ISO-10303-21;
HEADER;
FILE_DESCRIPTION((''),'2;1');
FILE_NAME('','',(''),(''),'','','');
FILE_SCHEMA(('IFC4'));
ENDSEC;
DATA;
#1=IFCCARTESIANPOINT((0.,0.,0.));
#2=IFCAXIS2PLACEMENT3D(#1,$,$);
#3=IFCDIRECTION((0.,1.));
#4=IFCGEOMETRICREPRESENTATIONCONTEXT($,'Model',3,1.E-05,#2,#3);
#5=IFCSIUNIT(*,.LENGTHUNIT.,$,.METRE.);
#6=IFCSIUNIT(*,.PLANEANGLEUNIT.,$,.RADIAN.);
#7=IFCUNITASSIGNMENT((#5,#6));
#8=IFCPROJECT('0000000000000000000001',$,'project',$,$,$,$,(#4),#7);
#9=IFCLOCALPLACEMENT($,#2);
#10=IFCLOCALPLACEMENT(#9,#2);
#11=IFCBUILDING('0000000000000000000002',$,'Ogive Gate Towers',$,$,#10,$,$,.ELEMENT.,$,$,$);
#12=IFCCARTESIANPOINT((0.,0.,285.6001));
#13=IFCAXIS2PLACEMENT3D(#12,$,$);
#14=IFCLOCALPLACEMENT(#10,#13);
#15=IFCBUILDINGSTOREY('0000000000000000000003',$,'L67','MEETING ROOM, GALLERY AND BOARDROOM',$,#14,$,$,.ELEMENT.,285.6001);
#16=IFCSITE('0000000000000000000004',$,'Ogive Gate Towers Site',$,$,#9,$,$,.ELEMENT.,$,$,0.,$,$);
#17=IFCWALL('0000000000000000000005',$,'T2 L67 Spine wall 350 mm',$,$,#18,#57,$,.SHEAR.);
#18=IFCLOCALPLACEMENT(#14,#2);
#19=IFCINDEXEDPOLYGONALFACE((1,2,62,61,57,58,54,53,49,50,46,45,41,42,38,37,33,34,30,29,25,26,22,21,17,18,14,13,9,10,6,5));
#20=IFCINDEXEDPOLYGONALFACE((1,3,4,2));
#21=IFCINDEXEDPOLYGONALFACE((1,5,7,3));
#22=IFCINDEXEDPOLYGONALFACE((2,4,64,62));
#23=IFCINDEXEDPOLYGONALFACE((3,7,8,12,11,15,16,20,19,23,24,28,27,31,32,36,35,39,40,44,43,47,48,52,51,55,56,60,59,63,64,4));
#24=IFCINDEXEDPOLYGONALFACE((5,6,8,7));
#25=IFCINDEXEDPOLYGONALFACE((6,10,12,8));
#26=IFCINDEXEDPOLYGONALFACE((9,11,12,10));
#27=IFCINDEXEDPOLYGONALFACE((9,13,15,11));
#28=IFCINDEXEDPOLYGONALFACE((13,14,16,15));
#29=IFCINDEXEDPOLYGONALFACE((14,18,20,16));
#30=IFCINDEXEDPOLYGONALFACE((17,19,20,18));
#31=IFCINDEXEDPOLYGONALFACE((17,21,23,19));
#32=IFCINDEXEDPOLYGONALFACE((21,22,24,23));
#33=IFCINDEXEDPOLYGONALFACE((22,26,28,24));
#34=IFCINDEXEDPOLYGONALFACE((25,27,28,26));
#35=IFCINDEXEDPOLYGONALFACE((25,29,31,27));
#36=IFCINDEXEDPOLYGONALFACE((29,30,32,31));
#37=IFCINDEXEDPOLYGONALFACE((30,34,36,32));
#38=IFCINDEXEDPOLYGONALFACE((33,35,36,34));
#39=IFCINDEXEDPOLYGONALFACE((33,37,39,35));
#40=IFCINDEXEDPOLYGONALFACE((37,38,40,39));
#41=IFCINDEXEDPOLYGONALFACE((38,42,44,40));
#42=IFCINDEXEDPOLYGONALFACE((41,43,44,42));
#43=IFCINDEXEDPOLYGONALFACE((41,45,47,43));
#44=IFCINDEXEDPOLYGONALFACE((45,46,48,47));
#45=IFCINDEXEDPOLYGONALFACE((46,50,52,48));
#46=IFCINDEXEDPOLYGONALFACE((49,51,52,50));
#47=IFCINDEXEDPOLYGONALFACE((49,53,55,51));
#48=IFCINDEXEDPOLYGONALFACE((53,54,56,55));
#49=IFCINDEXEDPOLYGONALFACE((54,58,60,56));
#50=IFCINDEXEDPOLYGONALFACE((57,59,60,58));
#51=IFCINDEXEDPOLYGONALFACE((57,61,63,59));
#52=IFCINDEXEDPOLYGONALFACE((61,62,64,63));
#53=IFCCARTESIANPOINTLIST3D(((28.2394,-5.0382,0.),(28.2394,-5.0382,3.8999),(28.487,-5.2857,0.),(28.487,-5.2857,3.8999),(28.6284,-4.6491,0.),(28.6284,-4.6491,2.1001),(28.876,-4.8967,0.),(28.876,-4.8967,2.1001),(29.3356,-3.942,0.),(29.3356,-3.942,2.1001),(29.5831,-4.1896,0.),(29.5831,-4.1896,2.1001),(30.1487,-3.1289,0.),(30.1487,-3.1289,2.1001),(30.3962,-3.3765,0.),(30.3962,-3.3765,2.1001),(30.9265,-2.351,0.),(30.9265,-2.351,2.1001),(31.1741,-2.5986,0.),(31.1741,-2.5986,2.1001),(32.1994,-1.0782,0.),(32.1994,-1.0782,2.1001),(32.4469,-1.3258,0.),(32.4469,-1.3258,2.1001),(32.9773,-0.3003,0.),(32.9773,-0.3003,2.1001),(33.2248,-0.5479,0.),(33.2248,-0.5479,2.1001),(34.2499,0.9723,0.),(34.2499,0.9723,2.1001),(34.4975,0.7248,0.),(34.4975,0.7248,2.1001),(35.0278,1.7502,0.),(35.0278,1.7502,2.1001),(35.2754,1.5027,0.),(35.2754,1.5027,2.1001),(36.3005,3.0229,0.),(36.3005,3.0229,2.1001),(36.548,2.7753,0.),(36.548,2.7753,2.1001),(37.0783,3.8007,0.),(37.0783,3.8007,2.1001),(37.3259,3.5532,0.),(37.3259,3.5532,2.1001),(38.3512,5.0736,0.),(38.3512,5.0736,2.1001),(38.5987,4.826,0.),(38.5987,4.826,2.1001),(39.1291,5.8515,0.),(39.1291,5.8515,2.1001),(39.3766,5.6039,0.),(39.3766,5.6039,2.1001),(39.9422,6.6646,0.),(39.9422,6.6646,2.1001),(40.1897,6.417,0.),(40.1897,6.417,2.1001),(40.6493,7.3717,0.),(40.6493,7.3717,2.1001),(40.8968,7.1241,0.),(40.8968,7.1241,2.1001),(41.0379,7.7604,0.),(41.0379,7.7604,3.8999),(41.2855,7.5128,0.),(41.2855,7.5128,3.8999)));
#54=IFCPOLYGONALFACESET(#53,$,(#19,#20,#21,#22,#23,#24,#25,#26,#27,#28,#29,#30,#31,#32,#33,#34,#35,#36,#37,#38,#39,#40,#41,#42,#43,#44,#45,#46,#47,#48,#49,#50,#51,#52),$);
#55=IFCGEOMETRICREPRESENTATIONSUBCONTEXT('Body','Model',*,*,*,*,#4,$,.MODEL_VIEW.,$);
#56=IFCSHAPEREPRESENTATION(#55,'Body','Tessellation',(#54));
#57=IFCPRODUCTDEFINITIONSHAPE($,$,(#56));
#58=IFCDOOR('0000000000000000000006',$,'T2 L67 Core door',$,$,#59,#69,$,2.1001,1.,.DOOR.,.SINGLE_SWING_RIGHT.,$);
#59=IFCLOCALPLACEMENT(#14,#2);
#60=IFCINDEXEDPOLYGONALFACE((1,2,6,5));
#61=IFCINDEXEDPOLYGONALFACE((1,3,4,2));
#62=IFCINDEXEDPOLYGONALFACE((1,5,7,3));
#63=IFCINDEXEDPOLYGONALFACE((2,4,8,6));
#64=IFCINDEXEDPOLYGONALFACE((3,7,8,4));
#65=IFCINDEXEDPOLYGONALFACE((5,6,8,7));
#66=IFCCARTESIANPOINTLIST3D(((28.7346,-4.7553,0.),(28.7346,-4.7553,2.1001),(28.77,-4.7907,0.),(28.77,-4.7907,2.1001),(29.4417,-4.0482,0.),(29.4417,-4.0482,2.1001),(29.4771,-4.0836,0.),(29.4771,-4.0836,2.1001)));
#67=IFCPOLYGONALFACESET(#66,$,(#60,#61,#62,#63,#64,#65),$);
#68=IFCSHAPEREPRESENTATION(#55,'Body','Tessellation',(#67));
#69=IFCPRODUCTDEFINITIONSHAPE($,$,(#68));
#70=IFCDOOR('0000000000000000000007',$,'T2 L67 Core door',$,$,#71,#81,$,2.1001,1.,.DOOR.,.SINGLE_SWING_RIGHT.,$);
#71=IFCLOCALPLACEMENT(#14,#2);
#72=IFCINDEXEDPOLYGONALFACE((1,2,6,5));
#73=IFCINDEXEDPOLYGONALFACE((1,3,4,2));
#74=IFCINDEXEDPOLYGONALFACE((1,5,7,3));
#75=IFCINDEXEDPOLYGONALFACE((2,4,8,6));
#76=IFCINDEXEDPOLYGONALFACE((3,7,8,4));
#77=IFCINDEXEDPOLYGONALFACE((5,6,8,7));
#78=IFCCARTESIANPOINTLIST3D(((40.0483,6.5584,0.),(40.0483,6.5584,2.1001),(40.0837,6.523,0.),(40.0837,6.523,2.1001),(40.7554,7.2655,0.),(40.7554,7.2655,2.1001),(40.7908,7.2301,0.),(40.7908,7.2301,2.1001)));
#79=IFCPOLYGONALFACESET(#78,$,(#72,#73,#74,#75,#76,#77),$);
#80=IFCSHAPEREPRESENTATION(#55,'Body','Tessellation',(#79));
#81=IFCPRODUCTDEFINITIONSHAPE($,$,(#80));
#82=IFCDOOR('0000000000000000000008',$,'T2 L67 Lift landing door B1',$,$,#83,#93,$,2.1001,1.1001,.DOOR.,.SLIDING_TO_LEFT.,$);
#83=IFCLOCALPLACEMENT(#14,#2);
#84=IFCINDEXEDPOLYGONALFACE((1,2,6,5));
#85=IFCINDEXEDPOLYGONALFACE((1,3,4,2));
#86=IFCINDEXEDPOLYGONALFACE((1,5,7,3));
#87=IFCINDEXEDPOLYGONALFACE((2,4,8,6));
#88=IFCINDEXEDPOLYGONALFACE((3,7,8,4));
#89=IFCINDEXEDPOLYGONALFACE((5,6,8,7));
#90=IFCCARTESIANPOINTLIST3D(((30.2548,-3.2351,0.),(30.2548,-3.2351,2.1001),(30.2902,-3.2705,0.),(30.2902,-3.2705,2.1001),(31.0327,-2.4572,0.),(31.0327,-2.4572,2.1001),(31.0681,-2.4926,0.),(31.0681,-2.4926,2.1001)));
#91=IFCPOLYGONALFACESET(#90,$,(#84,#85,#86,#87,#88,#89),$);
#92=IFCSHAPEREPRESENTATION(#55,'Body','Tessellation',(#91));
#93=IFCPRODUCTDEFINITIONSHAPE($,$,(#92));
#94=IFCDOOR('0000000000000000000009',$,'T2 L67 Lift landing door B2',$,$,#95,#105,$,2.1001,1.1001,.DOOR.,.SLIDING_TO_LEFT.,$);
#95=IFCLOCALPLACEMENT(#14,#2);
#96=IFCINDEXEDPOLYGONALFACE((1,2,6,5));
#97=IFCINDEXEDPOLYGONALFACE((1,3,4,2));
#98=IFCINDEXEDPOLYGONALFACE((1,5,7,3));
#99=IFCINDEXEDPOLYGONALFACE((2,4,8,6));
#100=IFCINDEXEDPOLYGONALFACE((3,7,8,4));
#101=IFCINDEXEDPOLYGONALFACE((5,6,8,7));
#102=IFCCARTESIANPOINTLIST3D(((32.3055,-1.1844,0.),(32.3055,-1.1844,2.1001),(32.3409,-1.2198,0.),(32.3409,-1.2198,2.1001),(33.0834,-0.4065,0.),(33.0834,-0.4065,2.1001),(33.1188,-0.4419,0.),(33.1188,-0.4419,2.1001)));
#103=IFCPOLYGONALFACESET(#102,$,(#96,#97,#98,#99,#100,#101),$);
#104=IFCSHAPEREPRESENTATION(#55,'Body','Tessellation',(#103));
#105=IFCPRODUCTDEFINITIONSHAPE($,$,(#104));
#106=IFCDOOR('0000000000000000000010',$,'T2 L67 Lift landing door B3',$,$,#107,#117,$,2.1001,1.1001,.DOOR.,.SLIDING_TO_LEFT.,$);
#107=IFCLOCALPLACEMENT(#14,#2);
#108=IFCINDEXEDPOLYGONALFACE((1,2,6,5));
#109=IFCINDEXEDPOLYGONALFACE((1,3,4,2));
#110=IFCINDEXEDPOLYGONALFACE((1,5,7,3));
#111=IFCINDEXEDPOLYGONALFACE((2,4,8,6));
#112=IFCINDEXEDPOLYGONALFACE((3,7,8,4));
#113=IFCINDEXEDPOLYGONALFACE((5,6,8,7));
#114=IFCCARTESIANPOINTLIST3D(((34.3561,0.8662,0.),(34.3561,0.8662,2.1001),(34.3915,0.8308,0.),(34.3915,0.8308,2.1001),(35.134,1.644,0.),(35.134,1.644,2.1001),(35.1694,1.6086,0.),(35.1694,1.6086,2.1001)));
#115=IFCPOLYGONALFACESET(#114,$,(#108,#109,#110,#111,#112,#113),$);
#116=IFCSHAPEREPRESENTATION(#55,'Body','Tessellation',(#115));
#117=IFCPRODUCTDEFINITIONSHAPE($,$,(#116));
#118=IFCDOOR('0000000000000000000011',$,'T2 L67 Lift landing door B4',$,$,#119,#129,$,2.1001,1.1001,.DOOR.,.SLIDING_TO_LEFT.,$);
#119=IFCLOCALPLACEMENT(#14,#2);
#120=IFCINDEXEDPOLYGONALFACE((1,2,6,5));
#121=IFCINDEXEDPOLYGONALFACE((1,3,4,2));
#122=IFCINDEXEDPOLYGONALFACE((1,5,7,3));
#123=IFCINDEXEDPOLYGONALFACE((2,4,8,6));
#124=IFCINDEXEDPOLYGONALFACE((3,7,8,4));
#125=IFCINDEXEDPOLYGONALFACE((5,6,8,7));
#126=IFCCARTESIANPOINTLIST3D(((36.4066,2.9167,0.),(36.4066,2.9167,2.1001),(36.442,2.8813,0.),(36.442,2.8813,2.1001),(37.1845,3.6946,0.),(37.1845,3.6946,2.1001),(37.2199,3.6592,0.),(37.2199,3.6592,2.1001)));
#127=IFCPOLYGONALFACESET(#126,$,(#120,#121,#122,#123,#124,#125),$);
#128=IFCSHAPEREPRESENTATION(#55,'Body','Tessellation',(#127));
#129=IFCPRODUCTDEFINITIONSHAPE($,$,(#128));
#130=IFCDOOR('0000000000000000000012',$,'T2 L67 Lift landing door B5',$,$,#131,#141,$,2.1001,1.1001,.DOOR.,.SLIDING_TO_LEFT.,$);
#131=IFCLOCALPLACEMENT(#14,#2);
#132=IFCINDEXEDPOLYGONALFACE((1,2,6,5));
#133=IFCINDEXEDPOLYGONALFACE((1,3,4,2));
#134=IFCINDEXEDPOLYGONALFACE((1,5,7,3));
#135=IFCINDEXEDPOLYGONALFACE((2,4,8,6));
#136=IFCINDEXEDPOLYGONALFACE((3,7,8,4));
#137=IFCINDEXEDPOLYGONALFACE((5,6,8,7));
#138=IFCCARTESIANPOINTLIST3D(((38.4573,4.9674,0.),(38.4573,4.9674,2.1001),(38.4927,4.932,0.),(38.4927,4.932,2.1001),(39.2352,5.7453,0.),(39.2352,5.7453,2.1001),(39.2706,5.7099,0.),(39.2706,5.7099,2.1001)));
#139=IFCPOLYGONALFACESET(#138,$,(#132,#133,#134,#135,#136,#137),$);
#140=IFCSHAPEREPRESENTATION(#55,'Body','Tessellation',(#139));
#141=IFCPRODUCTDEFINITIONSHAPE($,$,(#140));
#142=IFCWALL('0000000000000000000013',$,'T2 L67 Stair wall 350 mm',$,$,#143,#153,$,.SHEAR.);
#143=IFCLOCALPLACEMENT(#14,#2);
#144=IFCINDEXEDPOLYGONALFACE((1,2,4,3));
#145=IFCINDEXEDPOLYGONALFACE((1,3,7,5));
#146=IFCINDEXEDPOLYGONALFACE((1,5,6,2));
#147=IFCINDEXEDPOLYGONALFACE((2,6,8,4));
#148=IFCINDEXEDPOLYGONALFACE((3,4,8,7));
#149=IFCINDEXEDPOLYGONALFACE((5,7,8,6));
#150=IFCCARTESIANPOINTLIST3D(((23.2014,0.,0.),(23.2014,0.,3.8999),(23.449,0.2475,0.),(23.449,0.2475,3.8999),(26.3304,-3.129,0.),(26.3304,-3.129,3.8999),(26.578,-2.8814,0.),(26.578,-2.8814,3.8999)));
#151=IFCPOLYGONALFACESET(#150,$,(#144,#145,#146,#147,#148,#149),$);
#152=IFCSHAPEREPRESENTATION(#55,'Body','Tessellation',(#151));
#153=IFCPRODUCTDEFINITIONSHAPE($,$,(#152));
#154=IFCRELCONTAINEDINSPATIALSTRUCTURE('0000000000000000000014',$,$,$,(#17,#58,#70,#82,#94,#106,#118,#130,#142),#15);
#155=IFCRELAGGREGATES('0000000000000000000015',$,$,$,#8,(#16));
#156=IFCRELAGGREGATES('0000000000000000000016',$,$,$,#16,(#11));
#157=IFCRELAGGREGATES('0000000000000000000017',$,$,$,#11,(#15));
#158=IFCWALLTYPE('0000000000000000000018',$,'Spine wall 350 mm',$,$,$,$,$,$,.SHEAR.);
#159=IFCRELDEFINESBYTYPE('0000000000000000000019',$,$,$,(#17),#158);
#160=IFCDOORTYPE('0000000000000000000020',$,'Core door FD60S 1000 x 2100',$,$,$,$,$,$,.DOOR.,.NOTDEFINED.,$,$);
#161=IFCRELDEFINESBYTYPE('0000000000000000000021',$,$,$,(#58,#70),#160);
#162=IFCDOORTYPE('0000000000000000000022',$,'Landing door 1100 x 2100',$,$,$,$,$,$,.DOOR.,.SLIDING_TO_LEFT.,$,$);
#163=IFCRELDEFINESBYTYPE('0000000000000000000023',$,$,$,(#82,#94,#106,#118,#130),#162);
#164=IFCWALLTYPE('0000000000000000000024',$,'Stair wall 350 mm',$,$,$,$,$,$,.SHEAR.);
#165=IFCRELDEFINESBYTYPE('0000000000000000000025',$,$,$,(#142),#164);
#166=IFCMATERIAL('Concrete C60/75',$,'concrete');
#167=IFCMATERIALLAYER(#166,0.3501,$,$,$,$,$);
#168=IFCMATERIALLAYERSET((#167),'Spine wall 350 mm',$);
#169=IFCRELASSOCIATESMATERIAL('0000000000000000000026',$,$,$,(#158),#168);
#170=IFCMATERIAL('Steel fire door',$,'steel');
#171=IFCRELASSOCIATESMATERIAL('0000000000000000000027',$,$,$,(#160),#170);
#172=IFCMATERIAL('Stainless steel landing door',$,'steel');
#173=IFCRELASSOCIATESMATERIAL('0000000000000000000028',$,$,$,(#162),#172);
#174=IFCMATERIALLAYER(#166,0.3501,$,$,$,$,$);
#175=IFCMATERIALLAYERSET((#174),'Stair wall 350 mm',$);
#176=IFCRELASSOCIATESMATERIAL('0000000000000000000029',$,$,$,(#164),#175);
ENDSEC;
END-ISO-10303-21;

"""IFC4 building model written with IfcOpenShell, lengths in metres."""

from ifc_helpers import new_model, si_unit, direction, frame, frame_2d, origin, place, context, subcontext, project, spatial, rectangle, extrude, material, layer, layer_set, type_object, element, fill, save


model = new_model("IFC4")

# Units and contexts
model_context = context("Model", 3, precision=1e-05, world=origin(), true_north=direction((0.0, 1.0)))
body_context = subcontext(model_context, "Body", "Model", "MODEL_VIEW")
ifc_project = project(units=[si_unit("LENGTHUNIT", "METRE"), si_unit("PLANEANGLEUNIT", "RADIAN")], contexts=[model_context])

# Site, building, storey
site_placement = place(None, origin())
site = spatial("IfcSite", under=ifc_project, at=site_placement, Name="Ogive Gate Towers Site", CompositionType="ELEMENT", RefElevation=0.0)
building_placement = place(site_placement, origin())
building = spatial("IfcBuilding", under=site, at=building_placement, Name="Ogive Gate Towers", CompositionType="ELEMENT")
storey_placement = place(building_placement, frame((0.0, 0.0, 285.6001)))
storey = spatial("IfcBuildingStorey", under=building, at=storey_placement, Name="L67", Description="MEETING ROOM, GALLERY AND BOARDROOM", CompositionType="ELEMENT", Elevation=285.6001)

# Shared definitions
ifc_material_1 = material(Name="Concrete C60/75", Category="concrete")

# Wall, openings, doors
ifc_layer_1 = layer(ifc_material_1, 0.3501)
ifc_layer_set_1 = layer_set([ifc_layer_1], Name="Spine wall 350 mm")
wall_type_1 = type_object("IfcWallType", Name="Spine wall 350 mm", PredefinedType="SHEAR", material=ifc_layer_set_1)
ifc_material_2 = material(Name="Steel fire door", Category="steel")
door_type_1 = type_object("IfcDoorType", Name="Core door FD60S 1000 x 2100", OperationType="NOTDEFINED", PredefinedType="DOOR", material=ifc_material_2)
ifc_material_3 = material(Name="Stainless steel landing door", Category="steel")
door_type_2 = type_object("IfcDoorType", Name="Landing door 1100 x 2100", OperationType="SLIDING_TO_LEFT", PredefinedType="DOOR", material=ifc_material_3)
wall_1_placement = place(storey_placement, frame((28.3633, -5.1619, 0.0), z_axis=(0.0, 0.0, 1.0), x_axis=(0.707107, 0.707107, 0.0)))
wall_1 = element("IfcWall", 1, at=wall_1_placement, inside=storey, type_object=wall_type_1, Name="T2 L67 Spine wall 350 mm", PredefinedType="SHEAR", context=body_context, shape_type="SweptSolid", body=[
    extrude(rectangle(XDim=18.0999, YDim=0.3501, at=frame_2d((9.0498, 0.0))), origin(), (0.0, 0.0, 1.0), 3.8999),
])
opening_1_placement = place(wall_1_placement, frame((0.55, 0.0, 0.0)))
opening_1 = element("IfcOpeningElement", 2, at=opening_1_placement, cuts=wall_1, PredefinedType="OPENING", context=body_context, shape_type="SweptSolid", body=[
    extrude(rectangle(XDim=1.0, YDim=2.1001, at=frame_2d((0.5, 1.05))), frame((0.0, 0.1851, 0.0), z_axis=(0.0, -1.0, 0.0), x_axis=(1.0, 0.0, 0.0)), (0.0, 0.0, 1.0), 0.3701),
])
opening_2_placement = place(wall_1_placement, frame((2.7, 0.0, 0.0)))
opening_2 = element("IfcOpeningElement", 3, at=opening_2_placement, cuts=wall_1, PredefinedType="OPENING", context=body_context, shape_type="SweptSolid", body=[
    extrude(rectangle(XDim=1.1001, YDim=2.1001, at=frame_2d((0.55, 1.05))), frame((0.0, 0.1851, 0.0), z_axis=(0.0, -1.0, 0.0), x_axis=(1.0, 0.0, 0.0)), (0.0, 0.0, 1.0), 0.3701),
])
opening_3_placement = place(wall_1_placement, frame((5.6001, 0.0, 0.0)))
opening_3 = element("IfcOpeningElement", 4, at=opening_3_placement, cuts=wall_1, PredefinedType="OPENING", context=body_context, shape_type="SweptSolid", body=[
    extrude(rectangle(XDim=1.1001, YDim=2.1001, at=frame_2d((0.55, 1.05))), frame((0.0, 0.1851, 0.0), z_axis=(0.0, -1.0, 0.0), x_axis=(1.0, 0.0, 0.0)), (0.0, 0.0, 1.0), 0.3701),
])
opening_4_placement = place(wall_1_placement, frame((8.5, 0.0, 0.0)))
opening_4 = element("IfcOpeningElement", 5, at=opening_4_placement, cuts=wall_1, PredefinedType="OPENING", context=body_context, shape_type="SweptSolid", body=[
    extrude(rectangle(XDim=1.1001, YDim=2.1001, at=frame_2d((0.55, 1.05))), frame((0.0, 0.1851, 0.0), z_axis=(0.0, -1.0, 0.0), x_axis=(1.0, 0.0, 0.0)), (0.0, 0.0, 1.0), 0.3701),
])
opening_5_placement = place(wall_1_placement, frame((11.3999, 0.0, 0.0)))
opening_5 = element("IfcOpeningElement", 6, at=opening_5_placement, cuts=wall_1, PredefinedType="OPENING", context=body_context, shape_type="SweptSolid", body=[
    extrude(rectangle(XDim=1.1001, YDim=2.1001, at=frame_2d((0.55, 1.05))), frame((0.0, 0.1851, 0.0), z_axis=(0.0, -1.0, 0.0), x_axis=(1.0, 0.0, 0.0)), (0.0, 0.0, 1.0), 0.3701),
])
opening_6_placement = place(wall_1_placement, frame((14.3, 0.0, 0.0)))
opening_6 = element("IfcOpeningElement", 7, at=opening_6_placement, cuts=wall_1, PredefinedType="OPENING", context=body_context, shape_type="SweptSolid", body=[
    extrude(rectangle(XDim=1.1001, YDim=2.1001, at=frame_2d((0.55, 1.05))), frame((0.0, 0.1851, 0.0), z_axis=(0.0, -1.0, 0.0), x_axis=(1.0, 0.0, 0.0)), (0.0, 0.0, 1.0), 0.3701),
])
opening_7_placement = place(wall_1_placement, frame((16.55, 0.0, 0.0)))
opening_7 = element("IfcOpeningElement", 8, at=opening_7_placement, cuts=wall_1, PredefinedType="OPENING", context=body_context, shape_type="SweptSolid", body=[
    extrude(rectangle(XDim=1.0, YDim=2.1001, at=frame_2d((0.5, 1.05))), frame((0.0, 0.1851, 0.0), z_axis=(0.0, -1.0, 0.0), x_axis=(1.0, 0.0, 0.0)), (0.0, 0.0, 1.0), 0.3701),
])
door_1_placement = place(opening_1_placement, origin())
door_1 = element("IfcDoor", 9, at=door_1_placement, inside=storey, type_object=door_type_1, Name="T2 L67 Core door", OperationType="SINGLE_SWING_RIGHT", OverallHeight=2.1001, OverallWidth=1.0, PredefinedType="DOOR", context=body_context, shape_type="SweptSolid", body=[
    extrude(rectangle(XDim=1.0, YDim=2.1001, at=frame_2d((0.5, 1.05))), frame((0.0, 0.0249, 0.0), z_axis=(0.0, -1.0, 0.0), x_axis=(1.0, 0.0, 0.0)), (0.0, 0.0, 1.0), 0.05),
])
fill(opening_1, door_1)
door_2_placement = place(opening_7_placement, origin())
door_2 = element("IfcDoor", 10, at=door_2_placement, inside=storey, type_object=door_type_1, Name="T2 L67 Core door", OperationType="SINGLE_SWING_RIGHT", OverallHeight=2.1001, OverallWidth=1.0, PredefinedType="DOOR", context=body_context, shape_type="SweptSolid", body=[
    extrude(rectangle(XDim=1.0, YDim=2.1001, at=frame_2d((0.5, 1.05))), frame((0.0, 0.0249, 0.0), z_axis=(0.0, -1.0, 0.0), x_axis=(1.0, 0.0, 0.0)), (0.0, 0.0, 1.0), 0.05),
])
fill(opening_7, door_2)
door_3_placement = place(opening_2_placement, origin())
door_3 = element("IfcDoor", 11, at=door_3_placement, inside=storey, type_object=door_type_2, Name="T2 L67 Lift landing door B1", OperationType="SLIDING_TO_LEFT", OverallHeight=2.1001, OverallWidth=1.1001, PredefinedType="DOOR", context=body_context, shape_type="SweptSolid", body=[
    extrude(rectangle(XDim=1.1001, YDim=2.1001, at=frame_2d((0.55, 1.05))), frame((0.0, 0.0249, 0.0), z_axis=(0.0, -1.0, 0.0), x_axis=(1.0, 0.0, 0.0)), (0.0, 0.0, 1.0), 0.05),
])
fill(opening_2, door_3)
door_4_placement = place(opening_3_placement, origin())
door_4 = element("IfcDoor", 12, at=door_4_placement, inside=storey, type_object=door_type_2, Name="T2 L67 Lift landing door B2", OperationType="SLIDING_TO_LEFT", OverallHeight=2.1001, OverallWidth=1.1001, PredefinedType="DOOR", context=body_context, shape_type="SweptSolid", body=[
    extrude(rectangle(XDim=1.1001, YDim=2.1001, at=frame_2d((0.55, 1.05))), frame((0.0, 0.0249, 0.0), z_axis=(0.0, -1.0, 0.0), x_axis=(1.0, 0.0, 0.0)), (0.0, 0.0, 1.0), 0.05),
])
fill(opening_3, door_4)
door_5_placement = place(opening_4_placement, origin())
door_5 = element("IfcDoor", 13, at=door_5_placement, inside=storey, type_object=door_type_2, Name="T2 L67 Lift landing door B3", OperationType="SLIDING_TO_LEFT", OverallHeight=2.1001, OverallWidth=1.1001, PredefinedType="DOOR", context=body_context, shape_type="SweptSolid", body=[
    extrude(rectangle(XDim=1.1001, YDim=2.1001, at=frame_2d((0.55, 1.05))), frame((0.0, 0.0249, 0.0), z_axis=(0.0, -1.0, 0.0), x_axis=(1.0, 0.0, 0.0)), (0.0, 0.0, 1.0), 0.05),
])
fill(opening_4, door_5)
door_6_placement = place(opening_5_placement, origin())
door_6 = element("IfcDoor", 14, at=door_6_placement, inside=storey, type_object=door_type_2, Name="T2 L67 Lift landing door B4", OperationType="SLIDING_TO_LEFT", OverallHeight=2.1001, OverallWidth=1.1001, PredefinedType="DOOR", context=body_context, shape_type="SweptSolid", body=[
    extrude(rectangle(XDim=1.1001, YDim=2.1001, at=frame_2d((0.55, 1.05))), frame((0.0, 0.0249, 0.0), z_axis=(0.0, -1.0, 0.0), x_axis=(1.0, 0.0, 0.0)), (0.0, 0.0, 1.0), 0.05),
])
fill(opening_5, door_6)
door_7_placement = place(opening_6_placement, origin())
door_7 = element("IfcDoor", 15, at=door_7_placement, inside=storey, type_object=door_type_2, Name="T2 L67 Lift landing door B5", OperationType="SLIDING_TO_LEFT", OverallHeight=2.1001, OverallWidth=1.1001, PredefinedType="DOOR", context=body_context, shape_type="SweptSolid", body=[
    extrude(rectangle(XDim=1.1001, YDim=2.1001, at=frame_2d((0.55, 1.05))), frame((0.0, 0.0249, 0.0), z_axis=(0.0, -1.0, 0.0), x_axis=(1.0, 0.0, 0.0)), (0.0, 0.0, 1.0), 0.05),
])
fill(opening_6, door_7)

# Wall
ifc_layer_2 = layer(ifc_material_1, 0.3501)
ifc_layer_set_2 = layer_set([ifc_layer_2], Name="Stair wall 350 mm")
wall_type_2 = type_object("IfcWallType", Name="Stair wall 350 mm", PredefinedType="SHEAR", material=ifc_layer_set_2)
wall_2_placement = place(storey_placement, frame((26.4541, -3.0051, 0.0), z_axis=(0.0, 0.0, 1.0), x_axis=(-0.707107, 0.707107, 0.0)))
element("IfcWall", 16, at=wall_2_placement, inside=storey, type_object=wall_type_2, Name="T2 L67 Stair wall 350 mm", PredefinedType="SHEAR", context=body_context, shape_type="SweptSolid", body=[
    extrude(rectangle(XDim=4.425, YDim=0.3501, at=frame_2d((2.2124, 0.0))), origin(), (0.0, 0.0, 1.0), 3.8999),
])

save(model, "model.ifc")
